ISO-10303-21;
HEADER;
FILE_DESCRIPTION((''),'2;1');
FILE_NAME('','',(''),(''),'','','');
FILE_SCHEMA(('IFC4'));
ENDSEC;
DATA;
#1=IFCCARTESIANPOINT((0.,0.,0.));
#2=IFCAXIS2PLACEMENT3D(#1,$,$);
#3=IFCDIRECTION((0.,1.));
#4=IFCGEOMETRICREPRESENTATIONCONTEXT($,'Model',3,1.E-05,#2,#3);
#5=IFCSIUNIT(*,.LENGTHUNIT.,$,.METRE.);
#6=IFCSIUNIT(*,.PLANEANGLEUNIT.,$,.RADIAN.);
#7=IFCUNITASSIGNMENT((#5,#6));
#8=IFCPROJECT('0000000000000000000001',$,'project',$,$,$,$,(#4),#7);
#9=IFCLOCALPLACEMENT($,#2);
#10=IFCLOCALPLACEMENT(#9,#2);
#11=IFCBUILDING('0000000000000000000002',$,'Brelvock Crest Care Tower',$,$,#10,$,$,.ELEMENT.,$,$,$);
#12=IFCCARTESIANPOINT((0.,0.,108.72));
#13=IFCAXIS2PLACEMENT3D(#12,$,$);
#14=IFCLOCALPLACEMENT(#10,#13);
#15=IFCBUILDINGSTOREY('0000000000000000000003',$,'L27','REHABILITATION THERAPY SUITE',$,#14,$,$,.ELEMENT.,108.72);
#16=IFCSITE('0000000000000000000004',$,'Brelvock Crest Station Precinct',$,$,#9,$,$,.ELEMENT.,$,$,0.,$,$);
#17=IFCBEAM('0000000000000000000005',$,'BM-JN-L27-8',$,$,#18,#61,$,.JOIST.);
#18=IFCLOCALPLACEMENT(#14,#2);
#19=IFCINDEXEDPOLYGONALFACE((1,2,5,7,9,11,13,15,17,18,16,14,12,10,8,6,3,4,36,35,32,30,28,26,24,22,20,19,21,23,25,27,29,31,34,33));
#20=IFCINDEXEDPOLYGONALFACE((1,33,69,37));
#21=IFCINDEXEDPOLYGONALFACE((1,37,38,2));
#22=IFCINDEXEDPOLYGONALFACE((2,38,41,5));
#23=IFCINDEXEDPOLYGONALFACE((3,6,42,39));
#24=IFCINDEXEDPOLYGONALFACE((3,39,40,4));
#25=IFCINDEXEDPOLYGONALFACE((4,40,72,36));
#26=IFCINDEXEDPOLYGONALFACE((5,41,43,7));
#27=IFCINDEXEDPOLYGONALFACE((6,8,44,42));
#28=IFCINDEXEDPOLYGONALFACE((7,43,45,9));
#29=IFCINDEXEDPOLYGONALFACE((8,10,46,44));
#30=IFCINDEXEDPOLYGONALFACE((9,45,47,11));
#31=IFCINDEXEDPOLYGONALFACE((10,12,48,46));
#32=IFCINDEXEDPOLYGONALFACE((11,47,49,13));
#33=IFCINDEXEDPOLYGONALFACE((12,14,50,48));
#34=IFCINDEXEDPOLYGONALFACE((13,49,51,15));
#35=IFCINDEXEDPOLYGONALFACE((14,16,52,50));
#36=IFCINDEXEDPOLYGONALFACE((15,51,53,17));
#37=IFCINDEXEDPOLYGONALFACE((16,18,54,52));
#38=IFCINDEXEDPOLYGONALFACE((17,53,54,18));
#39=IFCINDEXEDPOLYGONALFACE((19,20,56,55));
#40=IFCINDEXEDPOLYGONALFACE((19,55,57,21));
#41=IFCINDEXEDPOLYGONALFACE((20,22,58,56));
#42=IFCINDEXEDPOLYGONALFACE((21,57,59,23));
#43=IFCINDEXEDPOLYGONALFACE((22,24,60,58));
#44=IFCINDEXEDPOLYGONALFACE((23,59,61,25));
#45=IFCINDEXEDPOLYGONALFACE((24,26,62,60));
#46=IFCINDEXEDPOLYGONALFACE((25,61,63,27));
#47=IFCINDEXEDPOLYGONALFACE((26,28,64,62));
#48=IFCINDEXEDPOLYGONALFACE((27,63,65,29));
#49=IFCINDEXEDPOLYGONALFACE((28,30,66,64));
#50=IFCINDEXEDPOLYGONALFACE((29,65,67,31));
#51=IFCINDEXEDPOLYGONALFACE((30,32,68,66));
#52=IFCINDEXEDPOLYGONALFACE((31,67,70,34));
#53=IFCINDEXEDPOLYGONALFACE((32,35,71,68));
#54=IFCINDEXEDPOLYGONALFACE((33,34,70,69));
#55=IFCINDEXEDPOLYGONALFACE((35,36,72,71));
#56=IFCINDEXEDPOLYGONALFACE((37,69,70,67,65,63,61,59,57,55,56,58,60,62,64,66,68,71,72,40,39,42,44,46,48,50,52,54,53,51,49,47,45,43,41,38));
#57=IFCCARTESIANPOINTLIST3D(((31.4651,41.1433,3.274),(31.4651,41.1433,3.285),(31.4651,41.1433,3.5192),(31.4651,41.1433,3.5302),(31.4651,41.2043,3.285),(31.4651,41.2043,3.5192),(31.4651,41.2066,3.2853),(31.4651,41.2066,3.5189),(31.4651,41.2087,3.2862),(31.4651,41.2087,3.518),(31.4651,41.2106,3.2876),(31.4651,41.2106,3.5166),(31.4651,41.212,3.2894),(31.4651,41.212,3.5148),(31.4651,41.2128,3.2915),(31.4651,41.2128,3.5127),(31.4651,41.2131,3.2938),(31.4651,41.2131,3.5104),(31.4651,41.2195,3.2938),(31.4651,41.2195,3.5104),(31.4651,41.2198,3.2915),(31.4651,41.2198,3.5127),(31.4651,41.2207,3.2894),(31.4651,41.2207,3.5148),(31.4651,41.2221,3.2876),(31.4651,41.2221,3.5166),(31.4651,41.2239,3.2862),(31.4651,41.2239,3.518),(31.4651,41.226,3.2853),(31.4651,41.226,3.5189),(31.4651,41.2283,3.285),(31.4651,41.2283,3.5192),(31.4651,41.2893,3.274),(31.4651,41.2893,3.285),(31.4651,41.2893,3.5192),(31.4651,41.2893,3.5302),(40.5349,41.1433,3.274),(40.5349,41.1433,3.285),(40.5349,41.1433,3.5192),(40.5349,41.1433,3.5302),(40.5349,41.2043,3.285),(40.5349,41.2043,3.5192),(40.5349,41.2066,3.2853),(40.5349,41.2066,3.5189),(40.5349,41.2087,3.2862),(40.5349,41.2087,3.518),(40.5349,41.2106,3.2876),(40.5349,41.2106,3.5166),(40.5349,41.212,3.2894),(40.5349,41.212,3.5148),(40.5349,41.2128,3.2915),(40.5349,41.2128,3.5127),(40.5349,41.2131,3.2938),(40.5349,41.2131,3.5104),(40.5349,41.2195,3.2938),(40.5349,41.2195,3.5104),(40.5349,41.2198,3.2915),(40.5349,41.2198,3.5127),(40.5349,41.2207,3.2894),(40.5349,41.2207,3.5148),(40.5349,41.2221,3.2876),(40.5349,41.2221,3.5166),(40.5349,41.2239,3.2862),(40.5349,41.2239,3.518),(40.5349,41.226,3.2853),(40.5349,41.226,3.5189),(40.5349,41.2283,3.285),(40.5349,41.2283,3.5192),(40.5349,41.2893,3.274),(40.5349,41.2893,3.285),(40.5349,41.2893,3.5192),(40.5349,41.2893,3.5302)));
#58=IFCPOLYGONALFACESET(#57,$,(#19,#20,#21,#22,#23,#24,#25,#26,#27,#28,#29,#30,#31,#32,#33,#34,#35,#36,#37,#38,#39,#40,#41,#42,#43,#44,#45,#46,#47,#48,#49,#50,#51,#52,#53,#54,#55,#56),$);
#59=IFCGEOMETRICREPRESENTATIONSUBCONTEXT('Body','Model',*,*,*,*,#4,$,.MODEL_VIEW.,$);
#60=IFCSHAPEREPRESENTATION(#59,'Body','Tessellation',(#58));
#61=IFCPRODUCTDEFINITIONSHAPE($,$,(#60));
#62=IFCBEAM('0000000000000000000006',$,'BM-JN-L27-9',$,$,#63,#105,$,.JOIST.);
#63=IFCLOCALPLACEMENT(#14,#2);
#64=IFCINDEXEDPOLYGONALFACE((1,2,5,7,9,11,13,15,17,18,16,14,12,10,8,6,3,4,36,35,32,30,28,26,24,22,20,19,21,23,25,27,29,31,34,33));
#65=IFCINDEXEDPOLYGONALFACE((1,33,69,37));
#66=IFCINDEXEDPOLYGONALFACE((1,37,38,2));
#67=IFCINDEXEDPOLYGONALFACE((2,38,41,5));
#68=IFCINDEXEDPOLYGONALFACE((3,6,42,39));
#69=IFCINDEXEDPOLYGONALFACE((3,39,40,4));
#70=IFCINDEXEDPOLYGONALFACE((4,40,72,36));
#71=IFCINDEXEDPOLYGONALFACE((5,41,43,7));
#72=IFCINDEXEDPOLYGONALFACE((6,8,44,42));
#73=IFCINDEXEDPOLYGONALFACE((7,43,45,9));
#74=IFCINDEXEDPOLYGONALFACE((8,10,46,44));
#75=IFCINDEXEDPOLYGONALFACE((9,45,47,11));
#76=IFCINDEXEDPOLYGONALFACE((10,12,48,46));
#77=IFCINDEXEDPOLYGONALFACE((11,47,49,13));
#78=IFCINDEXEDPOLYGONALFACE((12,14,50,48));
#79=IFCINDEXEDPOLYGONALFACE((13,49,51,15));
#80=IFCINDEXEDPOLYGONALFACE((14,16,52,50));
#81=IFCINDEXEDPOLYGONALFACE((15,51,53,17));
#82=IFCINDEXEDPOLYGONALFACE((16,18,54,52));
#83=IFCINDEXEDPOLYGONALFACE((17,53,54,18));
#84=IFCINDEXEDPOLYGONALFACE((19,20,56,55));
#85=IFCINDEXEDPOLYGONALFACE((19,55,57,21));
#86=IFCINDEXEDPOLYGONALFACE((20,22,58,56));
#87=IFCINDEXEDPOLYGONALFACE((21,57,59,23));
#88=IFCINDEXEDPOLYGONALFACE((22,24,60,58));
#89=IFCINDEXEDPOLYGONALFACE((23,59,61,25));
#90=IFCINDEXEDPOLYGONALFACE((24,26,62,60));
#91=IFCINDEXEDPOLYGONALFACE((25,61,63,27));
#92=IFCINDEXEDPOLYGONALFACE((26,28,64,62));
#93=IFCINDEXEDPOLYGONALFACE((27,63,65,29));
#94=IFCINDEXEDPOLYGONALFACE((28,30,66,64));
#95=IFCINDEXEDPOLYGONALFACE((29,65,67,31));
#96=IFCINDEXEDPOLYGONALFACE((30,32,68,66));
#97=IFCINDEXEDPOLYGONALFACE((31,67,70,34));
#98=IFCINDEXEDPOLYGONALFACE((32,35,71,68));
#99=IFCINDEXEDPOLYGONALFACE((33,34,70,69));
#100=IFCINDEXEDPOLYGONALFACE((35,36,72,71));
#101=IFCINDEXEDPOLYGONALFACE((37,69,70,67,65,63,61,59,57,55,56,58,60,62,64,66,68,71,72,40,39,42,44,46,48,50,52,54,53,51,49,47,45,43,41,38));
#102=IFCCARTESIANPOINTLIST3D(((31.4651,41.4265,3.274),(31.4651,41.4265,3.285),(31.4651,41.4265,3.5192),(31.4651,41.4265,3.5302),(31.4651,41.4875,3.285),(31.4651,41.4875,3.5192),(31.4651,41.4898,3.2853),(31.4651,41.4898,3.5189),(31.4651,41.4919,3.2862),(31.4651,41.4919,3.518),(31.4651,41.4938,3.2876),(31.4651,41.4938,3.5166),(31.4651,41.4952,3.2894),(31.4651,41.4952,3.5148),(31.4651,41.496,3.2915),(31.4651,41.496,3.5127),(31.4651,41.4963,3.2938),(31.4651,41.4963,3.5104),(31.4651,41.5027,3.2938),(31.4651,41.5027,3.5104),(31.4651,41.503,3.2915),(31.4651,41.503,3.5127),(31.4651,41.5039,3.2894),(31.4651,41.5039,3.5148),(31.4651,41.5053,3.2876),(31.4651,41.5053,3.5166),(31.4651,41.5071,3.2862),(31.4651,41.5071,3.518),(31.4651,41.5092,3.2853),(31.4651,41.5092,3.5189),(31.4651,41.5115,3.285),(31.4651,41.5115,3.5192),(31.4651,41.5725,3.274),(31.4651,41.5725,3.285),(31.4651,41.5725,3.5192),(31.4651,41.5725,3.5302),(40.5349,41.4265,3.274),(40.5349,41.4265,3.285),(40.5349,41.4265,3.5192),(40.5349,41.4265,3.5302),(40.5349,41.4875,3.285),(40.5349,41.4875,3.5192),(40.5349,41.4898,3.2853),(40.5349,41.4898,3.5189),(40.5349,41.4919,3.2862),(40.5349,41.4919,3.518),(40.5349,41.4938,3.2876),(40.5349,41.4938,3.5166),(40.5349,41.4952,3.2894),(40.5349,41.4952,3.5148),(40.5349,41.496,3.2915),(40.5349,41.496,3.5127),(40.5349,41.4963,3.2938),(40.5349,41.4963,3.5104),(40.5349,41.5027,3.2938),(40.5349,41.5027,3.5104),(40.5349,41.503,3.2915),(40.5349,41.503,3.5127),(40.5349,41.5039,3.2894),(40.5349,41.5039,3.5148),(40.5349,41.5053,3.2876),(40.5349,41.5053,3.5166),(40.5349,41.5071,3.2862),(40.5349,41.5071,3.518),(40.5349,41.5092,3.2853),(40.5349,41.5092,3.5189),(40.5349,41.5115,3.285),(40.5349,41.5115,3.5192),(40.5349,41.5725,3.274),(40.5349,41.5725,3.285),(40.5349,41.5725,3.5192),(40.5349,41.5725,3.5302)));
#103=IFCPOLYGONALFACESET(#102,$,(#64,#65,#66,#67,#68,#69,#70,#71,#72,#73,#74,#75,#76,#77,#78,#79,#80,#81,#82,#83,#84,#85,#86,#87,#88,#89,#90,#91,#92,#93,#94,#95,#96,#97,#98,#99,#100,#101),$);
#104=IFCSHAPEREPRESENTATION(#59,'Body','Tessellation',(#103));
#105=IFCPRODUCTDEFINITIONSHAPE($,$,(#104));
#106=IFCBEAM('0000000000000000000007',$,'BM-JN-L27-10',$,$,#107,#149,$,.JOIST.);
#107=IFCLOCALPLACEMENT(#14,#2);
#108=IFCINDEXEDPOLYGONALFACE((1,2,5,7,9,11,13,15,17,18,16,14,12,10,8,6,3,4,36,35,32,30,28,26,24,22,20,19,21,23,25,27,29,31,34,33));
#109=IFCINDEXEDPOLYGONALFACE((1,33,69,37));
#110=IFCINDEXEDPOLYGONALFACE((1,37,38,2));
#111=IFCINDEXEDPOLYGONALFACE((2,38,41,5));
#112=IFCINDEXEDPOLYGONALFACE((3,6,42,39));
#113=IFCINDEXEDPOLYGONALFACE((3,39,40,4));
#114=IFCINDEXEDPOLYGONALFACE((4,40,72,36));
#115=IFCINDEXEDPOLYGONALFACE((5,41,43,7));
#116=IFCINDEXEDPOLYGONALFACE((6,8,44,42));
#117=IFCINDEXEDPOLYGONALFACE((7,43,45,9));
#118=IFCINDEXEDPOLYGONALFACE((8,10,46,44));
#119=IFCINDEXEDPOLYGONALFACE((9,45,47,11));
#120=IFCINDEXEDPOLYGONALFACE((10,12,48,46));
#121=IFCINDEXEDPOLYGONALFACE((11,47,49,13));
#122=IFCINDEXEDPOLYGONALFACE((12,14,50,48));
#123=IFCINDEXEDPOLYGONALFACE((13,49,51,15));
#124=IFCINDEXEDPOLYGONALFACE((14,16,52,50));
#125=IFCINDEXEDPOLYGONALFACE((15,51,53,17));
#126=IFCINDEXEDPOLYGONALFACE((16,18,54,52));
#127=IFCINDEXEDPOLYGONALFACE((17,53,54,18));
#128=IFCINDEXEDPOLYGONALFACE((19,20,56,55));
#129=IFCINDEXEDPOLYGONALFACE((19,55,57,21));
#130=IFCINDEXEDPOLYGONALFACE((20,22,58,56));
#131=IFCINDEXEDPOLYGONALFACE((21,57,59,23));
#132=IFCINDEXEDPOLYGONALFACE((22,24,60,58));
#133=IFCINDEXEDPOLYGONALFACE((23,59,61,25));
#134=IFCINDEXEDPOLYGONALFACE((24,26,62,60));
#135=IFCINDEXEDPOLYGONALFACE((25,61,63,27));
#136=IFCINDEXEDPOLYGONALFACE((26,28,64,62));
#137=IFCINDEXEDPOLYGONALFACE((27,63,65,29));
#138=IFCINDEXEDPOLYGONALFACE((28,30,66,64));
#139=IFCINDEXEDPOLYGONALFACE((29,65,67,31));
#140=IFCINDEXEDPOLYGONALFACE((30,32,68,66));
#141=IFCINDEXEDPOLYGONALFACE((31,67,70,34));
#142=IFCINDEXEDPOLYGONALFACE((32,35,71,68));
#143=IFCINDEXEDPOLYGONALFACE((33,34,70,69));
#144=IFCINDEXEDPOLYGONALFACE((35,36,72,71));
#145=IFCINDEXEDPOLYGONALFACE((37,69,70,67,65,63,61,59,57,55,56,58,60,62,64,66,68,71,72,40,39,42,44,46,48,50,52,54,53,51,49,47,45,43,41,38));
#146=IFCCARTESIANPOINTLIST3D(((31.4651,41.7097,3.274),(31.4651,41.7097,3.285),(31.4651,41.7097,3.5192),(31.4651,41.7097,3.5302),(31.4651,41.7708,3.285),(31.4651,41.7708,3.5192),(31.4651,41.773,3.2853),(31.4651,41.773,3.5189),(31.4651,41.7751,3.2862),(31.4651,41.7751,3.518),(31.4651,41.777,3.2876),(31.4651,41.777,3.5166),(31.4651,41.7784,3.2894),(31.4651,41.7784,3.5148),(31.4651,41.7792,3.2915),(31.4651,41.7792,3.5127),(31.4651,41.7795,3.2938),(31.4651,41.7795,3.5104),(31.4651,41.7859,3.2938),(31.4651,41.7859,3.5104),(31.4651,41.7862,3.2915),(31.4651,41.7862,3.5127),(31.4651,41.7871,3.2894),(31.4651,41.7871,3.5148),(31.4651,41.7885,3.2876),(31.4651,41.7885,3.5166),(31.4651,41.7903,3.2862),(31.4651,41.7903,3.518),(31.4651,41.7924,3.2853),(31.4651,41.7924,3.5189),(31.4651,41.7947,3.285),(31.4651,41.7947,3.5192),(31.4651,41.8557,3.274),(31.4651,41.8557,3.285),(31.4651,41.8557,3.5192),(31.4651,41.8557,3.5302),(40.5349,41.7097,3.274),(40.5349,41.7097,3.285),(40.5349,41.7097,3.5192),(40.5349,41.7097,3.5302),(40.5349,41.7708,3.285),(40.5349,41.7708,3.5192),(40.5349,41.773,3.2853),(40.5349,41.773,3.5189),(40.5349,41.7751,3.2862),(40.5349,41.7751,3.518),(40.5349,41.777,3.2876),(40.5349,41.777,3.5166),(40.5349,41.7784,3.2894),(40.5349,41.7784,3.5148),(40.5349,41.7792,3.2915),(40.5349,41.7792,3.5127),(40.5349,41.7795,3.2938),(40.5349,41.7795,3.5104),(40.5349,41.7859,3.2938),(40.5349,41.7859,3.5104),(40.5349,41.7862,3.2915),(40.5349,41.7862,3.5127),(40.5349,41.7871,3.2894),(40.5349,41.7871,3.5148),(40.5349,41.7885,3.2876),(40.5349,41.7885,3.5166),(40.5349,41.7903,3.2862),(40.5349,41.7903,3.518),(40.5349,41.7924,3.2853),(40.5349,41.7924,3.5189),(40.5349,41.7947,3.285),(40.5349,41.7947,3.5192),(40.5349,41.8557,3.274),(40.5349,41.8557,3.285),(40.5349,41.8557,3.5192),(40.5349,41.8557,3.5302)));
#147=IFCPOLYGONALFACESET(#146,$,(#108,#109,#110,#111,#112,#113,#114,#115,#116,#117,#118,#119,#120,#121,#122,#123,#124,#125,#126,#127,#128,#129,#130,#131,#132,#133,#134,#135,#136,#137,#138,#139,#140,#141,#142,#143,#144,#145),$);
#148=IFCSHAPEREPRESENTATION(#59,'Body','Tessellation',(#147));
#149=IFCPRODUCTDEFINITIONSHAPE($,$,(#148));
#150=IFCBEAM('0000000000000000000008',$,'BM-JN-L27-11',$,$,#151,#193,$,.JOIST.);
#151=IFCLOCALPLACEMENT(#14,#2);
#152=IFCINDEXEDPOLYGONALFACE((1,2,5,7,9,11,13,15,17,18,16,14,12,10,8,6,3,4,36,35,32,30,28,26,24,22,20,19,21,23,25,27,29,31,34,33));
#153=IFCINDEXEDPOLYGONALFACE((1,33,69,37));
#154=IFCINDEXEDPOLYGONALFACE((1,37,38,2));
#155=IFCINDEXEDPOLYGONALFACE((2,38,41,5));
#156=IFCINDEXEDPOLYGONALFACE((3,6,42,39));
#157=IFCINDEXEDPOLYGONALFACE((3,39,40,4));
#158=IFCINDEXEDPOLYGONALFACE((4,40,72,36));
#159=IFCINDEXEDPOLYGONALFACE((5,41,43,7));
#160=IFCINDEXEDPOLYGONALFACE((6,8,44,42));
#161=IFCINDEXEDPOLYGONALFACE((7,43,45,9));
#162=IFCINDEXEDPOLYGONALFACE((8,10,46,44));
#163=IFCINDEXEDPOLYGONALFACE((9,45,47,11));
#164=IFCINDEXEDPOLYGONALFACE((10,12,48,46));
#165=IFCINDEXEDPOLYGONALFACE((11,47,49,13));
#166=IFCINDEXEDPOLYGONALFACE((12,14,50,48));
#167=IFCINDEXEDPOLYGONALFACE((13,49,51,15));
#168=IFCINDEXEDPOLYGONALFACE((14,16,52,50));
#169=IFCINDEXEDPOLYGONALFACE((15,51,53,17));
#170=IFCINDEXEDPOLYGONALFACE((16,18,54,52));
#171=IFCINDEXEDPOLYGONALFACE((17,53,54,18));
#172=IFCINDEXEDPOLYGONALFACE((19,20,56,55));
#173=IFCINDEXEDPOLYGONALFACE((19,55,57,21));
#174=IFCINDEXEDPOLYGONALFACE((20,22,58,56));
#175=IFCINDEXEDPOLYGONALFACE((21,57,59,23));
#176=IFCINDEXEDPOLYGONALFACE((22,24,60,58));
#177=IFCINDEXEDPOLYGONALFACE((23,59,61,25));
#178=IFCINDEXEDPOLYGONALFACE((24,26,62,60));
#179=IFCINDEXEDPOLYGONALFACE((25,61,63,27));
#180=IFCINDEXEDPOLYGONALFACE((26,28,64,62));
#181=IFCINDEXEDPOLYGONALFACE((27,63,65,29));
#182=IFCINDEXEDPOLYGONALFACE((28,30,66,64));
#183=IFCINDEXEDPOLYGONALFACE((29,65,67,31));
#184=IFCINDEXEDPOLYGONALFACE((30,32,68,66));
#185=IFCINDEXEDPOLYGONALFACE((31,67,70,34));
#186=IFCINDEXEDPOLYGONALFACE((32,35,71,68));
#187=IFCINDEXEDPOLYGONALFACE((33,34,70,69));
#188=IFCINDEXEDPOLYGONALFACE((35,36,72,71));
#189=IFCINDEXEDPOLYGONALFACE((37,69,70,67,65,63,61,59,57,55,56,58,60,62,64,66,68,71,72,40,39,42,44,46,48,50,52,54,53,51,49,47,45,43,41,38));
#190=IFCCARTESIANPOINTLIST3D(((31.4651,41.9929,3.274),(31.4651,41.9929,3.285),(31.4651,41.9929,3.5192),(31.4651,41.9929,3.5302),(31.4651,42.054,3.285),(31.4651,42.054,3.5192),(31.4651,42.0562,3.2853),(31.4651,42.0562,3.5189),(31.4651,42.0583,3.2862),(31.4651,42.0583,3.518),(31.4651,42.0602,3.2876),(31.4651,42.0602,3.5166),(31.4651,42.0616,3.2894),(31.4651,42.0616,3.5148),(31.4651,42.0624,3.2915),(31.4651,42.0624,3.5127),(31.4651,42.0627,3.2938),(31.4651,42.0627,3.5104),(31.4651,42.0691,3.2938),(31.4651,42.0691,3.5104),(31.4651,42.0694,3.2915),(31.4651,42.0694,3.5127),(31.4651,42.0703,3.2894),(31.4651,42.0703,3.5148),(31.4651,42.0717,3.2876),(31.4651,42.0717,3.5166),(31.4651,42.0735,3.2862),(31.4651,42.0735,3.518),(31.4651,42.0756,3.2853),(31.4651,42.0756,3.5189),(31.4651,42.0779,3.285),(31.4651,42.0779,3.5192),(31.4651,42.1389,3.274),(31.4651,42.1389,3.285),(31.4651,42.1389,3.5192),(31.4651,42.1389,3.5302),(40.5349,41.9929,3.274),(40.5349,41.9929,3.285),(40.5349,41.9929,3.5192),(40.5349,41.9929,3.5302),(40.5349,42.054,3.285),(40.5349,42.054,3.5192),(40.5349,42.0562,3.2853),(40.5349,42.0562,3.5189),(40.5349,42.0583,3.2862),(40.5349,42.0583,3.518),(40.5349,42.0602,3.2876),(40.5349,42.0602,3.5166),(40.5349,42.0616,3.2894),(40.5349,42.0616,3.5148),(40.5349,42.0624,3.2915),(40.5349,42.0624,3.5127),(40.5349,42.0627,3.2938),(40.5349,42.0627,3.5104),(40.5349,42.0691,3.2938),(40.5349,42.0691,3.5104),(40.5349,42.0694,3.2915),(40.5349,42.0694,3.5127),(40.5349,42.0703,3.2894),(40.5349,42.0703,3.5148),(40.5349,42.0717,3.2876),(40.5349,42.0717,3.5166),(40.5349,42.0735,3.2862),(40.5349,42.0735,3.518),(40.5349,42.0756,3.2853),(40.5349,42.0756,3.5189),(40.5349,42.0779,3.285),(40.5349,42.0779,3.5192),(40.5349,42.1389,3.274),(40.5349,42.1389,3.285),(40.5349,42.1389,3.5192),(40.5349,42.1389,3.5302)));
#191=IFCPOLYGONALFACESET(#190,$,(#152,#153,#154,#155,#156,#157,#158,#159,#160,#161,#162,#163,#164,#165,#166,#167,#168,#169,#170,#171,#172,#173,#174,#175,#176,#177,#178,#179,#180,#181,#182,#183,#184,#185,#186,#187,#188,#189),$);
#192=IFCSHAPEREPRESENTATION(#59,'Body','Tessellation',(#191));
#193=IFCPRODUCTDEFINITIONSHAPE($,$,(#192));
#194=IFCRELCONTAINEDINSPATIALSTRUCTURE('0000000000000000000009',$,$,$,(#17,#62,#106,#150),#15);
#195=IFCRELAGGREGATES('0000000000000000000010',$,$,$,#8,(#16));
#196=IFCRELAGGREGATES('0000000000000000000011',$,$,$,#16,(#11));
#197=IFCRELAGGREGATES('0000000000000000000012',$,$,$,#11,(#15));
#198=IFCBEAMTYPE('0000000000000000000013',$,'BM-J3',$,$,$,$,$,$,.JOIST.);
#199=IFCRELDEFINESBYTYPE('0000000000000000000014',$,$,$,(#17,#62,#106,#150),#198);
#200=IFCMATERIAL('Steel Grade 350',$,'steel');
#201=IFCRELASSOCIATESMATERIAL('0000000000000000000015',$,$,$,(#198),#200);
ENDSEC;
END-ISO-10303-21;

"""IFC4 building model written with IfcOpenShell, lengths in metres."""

from ifc_helpers import new_model, si_unit, direction, frame, origin, origin_2d, place, context, subcontext, project, spatial, i_section, extrude, source, transform, mapped, material, material_profile, profile_set, type_object, element, save


model = new_model("IFC4")

# Units and contexts
model_context = context("Model", 3, precision=1e-05, world=origin(), true_north=direction((0.0, 1.0)))
body_context = subcontext(model_context, "Body", "Model", "MODEL_VIEW")
ifc_project = project(units=[si_unit("LENGTHUNIT", "METRE"), si_unit("PLANEANGLEUNIT", "RADIAN")], contexts=[model_context])

# Site, building, storey
site_placement = place(None, origin())
site = spatial("IfcSite", under=ifc_project, at=site_placement, Name="Brelvock Crest Station Precinct", CompositionType="ELEMENT", RefElevation=0.0)
building_placement = place(site_placement, origin())
building = spatial("IfcBuilding", under=site, at=building_placement, Name="Brelvock Crest Care Tower", CompositionType="ELEMENT")
storey_placement = place(building_placement, frame((0.0, 0.0, 108.72)))
storey = spatial("IfcBuildingStorey", under=building, at=storey_placement, Name="L27", Description="REHABILITATION THERAPY SUITE", CompositionType="ELEMENT", Elevation=108.72)

# Shared definitions
ifc_material_1 = material(Name="Steel Grade 350", Category="steel")

# Beams
ifc_material_profile_1 = material_profile(ifc_material_1, i_section(OverallWidth=0.146, OverallDepth=0.2561, WebThickness=0.0063, FlangeThickness=0.011, FilletRadius=0.0088, at=origin_2d()), Name="250UB37.3")
ifc_profile_set_1 = profile_set([ifc_material_profile_1], Name="Steel Grade 350")
beam_type_1 = type_object("IfcBeamType", Name="BM-J3", PredefinedType="JOIST", material=ifc_profile_set_1)
shared_shape_1 = source(origin(), body_context, "Body", "SweptSolid", [
    extrude(i_section(OverallWidth=0.146, OverallDepth=0.2561, WebThickness=0.0063, FlangeThickness=0.011, FilletRadius=0.0088, at=origin_2d()), origin(), (0.0, 0.0, 1.0), 9.0698),
])
for number, where, z_axis, x_axis, name in (
    (1, (31.4651, 41.2163, 3.4021), (1.0, 0.0, 0.0), (0.0, 1.0, 0.0), "BM-JN-L27-8"),
    (2, (31.4651, 41.4995, 3.4021), (1.0, 0.0, 0.0), (0.0, 1.0, 0.0), "BM-JN-L27-9"),
    (3, (31.4651, 41.7827, 3.4021), (1.0, 0.0, 0.0), (0.0, 1.0, 0.0), "BM-JN-L27-10"),
    (4, (31.4651, 42.0659, 3.4021), (1.0, 0.0, 0.0), (0.0, 1.0, 0.0), "BM-JN-L27-11"),
):
    element("IfcBeam", number, at=place(storey_placement, frame(where, z_axis=z_axis, x_axis=x_axis)), inside=storey, type_object=beam_type_1, Name=name, PredefinedType="JOIST", context=body_context, shape_type="MappedRepresentation", body=[
        mapped(shared_shape_1, transform((0.0, 0.0, 0.0), x_axis=(1.0, 0.0, 0.0), y_axis=(0.0, 1.0, 0.0), z_axis=(0.0, 0.0, 1.0), scale=1.0)),
    ])

save(model, "model.ifc")
